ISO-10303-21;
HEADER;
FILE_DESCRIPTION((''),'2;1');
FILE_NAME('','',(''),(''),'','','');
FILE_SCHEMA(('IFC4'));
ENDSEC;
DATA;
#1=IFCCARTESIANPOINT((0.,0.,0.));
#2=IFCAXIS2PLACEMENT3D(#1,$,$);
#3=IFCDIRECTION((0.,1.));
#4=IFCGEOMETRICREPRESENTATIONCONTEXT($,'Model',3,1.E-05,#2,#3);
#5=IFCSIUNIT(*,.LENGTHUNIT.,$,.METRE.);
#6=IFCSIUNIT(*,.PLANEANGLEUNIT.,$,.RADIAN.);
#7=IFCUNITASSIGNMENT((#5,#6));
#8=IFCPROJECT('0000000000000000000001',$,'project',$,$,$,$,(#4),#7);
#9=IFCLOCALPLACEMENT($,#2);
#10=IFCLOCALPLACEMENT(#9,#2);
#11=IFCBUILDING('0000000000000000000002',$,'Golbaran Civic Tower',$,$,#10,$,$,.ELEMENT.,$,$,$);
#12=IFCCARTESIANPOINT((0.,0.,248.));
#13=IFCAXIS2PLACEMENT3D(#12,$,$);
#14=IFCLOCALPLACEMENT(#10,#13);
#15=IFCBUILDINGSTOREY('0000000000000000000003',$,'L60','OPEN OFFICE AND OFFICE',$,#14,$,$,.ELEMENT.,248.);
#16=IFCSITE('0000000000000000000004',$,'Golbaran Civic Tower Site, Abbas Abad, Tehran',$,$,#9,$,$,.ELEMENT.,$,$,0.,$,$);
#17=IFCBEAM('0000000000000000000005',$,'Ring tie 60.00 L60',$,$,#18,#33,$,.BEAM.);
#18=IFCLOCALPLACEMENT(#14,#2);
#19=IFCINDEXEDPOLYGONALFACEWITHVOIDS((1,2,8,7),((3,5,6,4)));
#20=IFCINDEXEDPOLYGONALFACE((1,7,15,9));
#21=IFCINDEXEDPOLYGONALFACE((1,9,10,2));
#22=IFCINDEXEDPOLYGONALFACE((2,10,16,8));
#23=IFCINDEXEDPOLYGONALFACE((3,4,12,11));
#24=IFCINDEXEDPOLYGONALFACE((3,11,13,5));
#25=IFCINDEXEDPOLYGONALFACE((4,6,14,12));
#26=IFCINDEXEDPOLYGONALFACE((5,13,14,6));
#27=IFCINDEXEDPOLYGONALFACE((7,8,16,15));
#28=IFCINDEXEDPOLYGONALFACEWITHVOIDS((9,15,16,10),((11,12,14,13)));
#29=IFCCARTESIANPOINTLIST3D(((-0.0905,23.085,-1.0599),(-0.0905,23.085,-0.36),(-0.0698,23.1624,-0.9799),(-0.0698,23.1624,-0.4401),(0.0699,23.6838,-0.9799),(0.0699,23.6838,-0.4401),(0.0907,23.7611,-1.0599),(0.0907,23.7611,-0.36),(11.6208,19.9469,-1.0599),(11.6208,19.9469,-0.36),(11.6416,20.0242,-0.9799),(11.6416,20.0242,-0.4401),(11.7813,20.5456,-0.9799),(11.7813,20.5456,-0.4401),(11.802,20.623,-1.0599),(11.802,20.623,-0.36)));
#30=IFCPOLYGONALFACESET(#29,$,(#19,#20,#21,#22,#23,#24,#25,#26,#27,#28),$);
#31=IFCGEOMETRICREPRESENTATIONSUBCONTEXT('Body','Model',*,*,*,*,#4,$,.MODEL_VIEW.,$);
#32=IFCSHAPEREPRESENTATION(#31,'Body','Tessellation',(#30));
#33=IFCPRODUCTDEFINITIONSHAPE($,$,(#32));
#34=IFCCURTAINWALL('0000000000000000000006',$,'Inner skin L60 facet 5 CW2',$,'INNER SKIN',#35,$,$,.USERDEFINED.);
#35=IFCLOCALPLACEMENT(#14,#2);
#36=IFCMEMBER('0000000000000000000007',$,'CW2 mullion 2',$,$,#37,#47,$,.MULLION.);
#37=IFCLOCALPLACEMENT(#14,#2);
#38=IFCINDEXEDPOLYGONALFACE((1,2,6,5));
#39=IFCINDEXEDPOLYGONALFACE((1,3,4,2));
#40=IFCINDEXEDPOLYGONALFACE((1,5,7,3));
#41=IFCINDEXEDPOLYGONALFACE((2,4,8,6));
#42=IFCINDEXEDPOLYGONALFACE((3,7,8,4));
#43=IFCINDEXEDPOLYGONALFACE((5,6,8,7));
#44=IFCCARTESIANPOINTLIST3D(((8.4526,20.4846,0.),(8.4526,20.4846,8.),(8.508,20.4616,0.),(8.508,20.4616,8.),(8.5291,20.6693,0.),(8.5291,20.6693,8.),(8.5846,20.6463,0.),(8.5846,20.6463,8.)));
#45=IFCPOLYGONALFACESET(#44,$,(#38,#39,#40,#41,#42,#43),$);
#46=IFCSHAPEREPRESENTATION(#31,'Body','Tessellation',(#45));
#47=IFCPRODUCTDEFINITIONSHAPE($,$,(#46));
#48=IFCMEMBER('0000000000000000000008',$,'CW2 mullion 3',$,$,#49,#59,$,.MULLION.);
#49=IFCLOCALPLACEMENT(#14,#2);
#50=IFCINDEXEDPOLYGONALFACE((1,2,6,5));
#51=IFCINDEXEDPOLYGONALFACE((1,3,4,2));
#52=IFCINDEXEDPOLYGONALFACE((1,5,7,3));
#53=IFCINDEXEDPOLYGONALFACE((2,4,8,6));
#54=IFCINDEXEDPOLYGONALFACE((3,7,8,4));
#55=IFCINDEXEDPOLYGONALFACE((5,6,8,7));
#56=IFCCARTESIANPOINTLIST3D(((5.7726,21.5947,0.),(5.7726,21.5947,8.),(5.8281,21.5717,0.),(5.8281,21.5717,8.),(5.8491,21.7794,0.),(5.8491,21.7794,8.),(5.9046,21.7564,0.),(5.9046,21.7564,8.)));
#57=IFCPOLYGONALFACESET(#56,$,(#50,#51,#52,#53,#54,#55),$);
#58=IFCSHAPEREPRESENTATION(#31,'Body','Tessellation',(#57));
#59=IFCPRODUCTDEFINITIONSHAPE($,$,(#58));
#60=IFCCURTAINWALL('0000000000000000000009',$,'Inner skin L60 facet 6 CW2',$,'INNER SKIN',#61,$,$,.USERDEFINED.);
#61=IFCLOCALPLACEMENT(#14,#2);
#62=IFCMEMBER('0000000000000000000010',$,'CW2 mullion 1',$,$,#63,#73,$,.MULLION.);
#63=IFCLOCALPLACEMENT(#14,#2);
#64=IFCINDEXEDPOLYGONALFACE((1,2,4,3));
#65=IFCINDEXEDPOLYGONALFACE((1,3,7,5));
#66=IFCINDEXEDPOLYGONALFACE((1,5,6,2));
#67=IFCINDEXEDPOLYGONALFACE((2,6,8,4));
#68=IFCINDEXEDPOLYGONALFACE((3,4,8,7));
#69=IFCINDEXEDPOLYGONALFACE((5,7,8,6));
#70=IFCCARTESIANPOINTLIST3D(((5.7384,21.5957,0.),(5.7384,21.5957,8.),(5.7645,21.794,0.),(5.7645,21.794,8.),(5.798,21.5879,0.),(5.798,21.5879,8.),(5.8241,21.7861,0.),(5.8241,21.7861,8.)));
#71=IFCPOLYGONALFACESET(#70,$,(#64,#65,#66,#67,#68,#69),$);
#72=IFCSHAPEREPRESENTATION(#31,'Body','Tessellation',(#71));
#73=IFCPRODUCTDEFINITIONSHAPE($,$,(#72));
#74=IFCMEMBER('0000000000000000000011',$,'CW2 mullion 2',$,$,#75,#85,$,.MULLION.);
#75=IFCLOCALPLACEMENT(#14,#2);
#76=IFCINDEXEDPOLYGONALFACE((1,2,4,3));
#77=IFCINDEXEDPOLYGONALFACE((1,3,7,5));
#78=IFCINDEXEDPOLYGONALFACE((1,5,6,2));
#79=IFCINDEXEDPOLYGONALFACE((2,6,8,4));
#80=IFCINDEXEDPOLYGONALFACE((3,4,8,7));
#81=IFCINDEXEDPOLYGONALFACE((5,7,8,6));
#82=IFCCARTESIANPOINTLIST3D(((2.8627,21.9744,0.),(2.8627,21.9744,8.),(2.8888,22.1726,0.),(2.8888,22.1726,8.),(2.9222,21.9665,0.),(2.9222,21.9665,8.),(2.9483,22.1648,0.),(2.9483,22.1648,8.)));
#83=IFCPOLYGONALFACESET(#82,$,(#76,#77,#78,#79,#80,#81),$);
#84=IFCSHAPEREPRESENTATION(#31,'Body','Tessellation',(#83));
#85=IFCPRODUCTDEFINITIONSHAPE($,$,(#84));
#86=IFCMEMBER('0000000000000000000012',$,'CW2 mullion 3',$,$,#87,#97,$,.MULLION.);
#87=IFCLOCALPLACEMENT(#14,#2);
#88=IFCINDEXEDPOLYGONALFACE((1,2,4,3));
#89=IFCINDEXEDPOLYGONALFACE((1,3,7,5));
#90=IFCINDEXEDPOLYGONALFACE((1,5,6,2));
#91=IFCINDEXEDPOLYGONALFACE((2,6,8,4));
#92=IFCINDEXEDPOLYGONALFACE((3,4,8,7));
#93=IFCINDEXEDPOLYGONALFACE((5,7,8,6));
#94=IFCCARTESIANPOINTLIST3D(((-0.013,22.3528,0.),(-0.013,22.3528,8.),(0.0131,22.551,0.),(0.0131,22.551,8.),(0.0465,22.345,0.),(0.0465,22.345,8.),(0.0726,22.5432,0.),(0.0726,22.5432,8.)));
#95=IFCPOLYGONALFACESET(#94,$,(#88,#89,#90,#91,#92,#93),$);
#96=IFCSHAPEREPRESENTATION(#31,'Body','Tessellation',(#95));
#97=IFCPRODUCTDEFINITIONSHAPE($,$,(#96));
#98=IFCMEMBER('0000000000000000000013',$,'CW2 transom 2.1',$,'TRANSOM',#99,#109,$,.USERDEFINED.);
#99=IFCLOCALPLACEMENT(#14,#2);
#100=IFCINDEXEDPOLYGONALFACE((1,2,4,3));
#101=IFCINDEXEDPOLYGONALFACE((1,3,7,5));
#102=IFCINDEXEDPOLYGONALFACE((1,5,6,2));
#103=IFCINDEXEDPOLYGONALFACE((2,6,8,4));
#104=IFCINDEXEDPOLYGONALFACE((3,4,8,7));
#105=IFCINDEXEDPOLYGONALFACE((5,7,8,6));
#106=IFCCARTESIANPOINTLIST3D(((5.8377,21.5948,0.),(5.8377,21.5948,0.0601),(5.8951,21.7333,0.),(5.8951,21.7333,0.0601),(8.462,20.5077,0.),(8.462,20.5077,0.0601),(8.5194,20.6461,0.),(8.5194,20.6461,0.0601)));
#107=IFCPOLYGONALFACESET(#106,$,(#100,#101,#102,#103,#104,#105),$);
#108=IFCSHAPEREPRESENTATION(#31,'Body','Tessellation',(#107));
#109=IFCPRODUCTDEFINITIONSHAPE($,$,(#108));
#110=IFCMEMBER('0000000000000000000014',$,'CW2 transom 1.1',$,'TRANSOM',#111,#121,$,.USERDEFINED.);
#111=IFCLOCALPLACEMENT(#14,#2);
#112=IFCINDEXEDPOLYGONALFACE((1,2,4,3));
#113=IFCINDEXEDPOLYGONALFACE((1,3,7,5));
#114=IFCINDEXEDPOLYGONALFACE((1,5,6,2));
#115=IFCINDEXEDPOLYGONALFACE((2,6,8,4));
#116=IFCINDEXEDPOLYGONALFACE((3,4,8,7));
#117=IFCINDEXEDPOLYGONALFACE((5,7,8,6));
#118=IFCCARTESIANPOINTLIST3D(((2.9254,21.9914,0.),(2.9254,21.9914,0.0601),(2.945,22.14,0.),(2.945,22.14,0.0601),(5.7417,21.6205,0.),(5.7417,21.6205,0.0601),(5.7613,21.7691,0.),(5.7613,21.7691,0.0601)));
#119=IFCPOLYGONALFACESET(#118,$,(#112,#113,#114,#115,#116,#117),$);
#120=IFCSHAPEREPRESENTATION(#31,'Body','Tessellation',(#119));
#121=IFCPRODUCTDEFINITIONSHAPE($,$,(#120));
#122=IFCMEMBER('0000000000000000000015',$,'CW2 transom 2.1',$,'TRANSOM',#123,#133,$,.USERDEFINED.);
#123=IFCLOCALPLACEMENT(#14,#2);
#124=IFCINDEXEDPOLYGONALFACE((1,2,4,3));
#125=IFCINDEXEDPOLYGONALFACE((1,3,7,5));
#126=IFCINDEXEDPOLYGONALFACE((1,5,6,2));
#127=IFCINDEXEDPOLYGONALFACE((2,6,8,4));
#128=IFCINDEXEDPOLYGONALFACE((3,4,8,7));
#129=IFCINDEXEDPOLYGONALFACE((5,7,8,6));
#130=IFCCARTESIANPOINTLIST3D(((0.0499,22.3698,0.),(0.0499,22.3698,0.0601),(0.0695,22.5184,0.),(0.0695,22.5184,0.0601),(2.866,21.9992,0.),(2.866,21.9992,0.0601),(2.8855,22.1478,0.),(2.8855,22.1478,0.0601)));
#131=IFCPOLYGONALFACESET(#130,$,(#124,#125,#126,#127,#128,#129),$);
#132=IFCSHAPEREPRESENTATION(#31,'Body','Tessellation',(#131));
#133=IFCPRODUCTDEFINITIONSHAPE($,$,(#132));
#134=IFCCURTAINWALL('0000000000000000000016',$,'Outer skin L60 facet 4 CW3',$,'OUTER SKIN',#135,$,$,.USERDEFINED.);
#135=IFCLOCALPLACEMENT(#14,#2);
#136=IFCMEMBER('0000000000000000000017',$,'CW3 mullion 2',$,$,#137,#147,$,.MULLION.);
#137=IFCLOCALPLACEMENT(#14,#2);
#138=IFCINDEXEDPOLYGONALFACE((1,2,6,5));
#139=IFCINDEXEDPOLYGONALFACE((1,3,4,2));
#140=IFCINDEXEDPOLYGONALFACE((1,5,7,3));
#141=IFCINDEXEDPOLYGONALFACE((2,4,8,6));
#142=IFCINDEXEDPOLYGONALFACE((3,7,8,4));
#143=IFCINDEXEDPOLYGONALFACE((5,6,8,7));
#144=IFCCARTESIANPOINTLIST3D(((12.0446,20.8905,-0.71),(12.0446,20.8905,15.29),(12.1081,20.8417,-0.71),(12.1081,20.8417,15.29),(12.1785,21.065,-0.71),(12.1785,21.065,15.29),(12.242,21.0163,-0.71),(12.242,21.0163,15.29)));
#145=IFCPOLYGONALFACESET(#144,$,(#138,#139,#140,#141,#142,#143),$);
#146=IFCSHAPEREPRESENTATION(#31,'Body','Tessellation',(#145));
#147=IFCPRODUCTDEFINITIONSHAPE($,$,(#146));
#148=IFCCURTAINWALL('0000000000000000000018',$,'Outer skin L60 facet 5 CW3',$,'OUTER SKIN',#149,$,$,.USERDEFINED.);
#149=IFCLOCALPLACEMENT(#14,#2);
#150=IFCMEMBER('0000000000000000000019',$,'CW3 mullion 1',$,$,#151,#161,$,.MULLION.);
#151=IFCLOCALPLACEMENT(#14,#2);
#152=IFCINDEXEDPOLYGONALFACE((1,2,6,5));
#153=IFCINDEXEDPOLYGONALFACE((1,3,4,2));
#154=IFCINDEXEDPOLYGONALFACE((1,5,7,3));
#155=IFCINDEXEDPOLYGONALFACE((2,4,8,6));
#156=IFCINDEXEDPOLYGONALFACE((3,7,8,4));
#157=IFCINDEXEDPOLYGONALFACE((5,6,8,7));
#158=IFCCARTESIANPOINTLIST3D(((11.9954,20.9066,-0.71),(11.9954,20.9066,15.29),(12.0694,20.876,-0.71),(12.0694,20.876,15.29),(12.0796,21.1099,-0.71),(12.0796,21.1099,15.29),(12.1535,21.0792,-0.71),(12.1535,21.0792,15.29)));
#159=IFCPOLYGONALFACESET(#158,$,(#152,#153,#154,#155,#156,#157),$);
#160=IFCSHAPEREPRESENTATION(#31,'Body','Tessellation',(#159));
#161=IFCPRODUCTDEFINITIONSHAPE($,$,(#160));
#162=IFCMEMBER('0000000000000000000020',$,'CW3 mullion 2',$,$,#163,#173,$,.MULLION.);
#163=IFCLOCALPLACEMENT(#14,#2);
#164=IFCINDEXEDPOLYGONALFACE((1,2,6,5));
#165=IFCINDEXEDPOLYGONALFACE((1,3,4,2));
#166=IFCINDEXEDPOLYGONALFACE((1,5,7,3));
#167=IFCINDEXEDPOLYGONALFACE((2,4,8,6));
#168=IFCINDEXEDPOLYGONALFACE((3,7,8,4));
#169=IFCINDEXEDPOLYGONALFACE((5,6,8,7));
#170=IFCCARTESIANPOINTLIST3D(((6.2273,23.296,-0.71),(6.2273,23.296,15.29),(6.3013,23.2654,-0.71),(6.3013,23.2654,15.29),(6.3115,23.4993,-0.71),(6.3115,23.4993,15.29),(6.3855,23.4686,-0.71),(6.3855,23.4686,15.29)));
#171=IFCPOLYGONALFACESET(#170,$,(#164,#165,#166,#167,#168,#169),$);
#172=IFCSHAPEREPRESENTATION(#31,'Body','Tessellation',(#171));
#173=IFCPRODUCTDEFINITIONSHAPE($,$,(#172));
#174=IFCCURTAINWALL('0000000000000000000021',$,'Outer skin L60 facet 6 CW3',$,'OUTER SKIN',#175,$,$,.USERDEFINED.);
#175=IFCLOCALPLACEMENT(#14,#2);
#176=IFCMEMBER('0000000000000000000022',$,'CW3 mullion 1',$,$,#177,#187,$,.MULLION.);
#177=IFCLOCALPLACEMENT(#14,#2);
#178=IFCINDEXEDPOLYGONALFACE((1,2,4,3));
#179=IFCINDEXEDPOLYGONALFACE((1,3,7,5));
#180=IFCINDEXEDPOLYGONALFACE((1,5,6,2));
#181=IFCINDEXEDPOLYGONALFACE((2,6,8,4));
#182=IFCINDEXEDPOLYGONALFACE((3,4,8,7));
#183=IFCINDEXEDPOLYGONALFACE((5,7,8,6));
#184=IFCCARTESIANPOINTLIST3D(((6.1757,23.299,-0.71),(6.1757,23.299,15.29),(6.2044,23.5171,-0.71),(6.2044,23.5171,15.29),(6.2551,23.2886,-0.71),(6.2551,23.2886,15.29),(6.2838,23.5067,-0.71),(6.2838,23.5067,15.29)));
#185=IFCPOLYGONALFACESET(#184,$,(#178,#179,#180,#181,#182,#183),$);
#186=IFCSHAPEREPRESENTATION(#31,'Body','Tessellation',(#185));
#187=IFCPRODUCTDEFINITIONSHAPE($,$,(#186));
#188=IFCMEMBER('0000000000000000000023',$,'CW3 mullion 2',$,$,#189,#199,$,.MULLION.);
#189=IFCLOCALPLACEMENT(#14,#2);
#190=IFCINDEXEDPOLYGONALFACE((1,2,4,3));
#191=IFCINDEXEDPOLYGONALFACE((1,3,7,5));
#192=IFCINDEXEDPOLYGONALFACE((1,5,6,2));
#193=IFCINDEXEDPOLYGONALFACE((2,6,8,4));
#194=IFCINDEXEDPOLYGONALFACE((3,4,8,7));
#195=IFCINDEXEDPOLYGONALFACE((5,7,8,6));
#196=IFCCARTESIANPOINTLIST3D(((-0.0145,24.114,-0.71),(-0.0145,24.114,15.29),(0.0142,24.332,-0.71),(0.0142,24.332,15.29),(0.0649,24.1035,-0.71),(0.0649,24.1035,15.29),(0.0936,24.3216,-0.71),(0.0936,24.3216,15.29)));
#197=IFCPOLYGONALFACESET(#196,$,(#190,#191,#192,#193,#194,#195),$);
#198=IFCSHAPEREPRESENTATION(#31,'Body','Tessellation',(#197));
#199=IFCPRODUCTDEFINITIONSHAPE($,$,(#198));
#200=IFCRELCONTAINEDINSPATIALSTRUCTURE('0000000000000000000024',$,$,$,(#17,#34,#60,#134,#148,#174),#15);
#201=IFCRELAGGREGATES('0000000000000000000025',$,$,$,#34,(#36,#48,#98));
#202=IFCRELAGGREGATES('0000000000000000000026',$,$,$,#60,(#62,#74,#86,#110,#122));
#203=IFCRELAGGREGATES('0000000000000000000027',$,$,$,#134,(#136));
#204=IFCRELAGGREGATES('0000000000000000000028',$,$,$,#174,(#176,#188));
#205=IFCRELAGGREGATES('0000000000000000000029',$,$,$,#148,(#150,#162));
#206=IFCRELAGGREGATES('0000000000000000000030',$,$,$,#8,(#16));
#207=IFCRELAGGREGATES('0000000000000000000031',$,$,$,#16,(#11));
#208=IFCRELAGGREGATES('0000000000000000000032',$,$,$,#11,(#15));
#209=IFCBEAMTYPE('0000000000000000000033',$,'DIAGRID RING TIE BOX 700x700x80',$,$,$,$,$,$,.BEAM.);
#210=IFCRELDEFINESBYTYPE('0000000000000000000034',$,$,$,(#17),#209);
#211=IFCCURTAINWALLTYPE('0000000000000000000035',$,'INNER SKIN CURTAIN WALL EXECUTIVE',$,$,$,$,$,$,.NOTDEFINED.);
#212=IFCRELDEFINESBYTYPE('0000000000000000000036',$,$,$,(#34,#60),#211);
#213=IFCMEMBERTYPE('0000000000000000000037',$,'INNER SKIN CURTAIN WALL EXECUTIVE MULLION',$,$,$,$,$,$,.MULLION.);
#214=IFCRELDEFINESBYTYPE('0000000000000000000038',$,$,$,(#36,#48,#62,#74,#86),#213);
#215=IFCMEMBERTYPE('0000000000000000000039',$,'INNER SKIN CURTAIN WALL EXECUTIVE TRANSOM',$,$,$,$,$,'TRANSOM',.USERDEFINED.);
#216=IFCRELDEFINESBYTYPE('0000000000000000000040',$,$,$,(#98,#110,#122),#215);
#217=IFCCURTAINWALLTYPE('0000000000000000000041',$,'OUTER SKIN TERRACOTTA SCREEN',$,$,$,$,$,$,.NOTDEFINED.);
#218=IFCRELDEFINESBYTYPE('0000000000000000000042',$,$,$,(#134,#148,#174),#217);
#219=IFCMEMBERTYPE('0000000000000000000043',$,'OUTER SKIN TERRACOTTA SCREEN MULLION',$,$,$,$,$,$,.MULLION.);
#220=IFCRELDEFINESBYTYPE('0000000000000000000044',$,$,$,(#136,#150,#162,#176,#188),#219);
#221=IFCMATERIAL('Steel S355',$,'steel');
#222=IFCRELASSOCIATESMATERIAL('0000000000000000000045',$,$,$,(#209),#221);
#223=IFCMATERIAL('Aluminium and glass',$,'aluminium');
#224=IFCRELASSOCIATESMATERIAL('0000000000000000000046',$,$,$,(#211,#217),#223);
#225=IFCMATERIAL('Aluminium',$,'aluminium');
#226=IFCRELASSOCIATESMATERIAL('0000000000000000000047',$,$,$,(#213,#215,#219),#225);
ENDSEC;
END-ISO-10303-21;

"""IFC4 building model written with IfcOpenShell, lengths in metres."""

from ifc_helpers import new_model, si_unit, direction, frame, origin, origin_2d, place, context, subcontext, project, spatial, rectangle, hollow_rectangle, extrude, material, material_profile, profile_set, type_object, element, aggregate, save


model = new_model("IFC4")

# Units and contexts
model_context = context("Model", 3, precision=1e-05, world=origin(), true_north=direction((0.0, 1.0)))
body_context = subcontext(model_context, "Body", "Model", "MODEL_VIEW")
ifc_project = project(units=[si_unit("LENGTHUNIT", "METRE"), si_unit("PLANEANGLEUNIT", "RADIAN")], contexts=[model_context])

# Site, building, storey
site_placement = place(None, origin())
site = spatial("IfcSite", under=ifc_project, at=site_placement, Name="Golbaran Civic Tower Site, Abbas Abad, Tehran", CompositionType="ELEMENT", RefElevation=0.0)
building_placement = place(site_placement, origin())
building = spatial("IfcBuilding", under=site, at=building_placement, Name="Golbaran Civic Tower", CompositionType="ELEMENT")
storey_placement = place(building_placement, frame((0.0, 0.0, 248.0)))
storey = spatial("IfcBuildingStorey", under=building, at=storey_placement, Name="L60", Description="OPEN OFFICE AND OFFICE", CompositionType="ELEMENT", Elevation=248.0)

# Beam
ifc_material_1 = material(Name="Steel S355", Category="steel")
ifc_material_profile_1 = material_profile(ifc_material_1, hollow_rectangle(XDim=0.7, YDim=0.7, WallThickness=0.0801, at=origin_2d()), Name="BOX 700x700x80")
ifc_profile_set_1 = profile_set([ifc_material_profile_1], Name="Steel S355")
beam_type = type_object("IfcBeamType", Name="DIAGRID RING TIE BOX 700x700x80", PredefinedType="BEAM", material=ifc_profile_set_1)
beam_placement = place(storey_placement, frame((11.7114, 20.2849, -0.71), z_axis=(-0.965923, 0.258828, 0.0), x_axis=(-0.258828, -0.965923, 0.0)))
element("IfcBeam", 1, at=beam_placement, inside=storey, type_object=beam_type, Name="Ring tie 60.00 L60", PredefinedType="BEAM", context=body_context, shape_type="SweptSolid", body=[
    extrude(hollow_rectangle(XDim=0.7, YDim=0.7, WallThickness=0.0801, at=origin_2d()), origin(), (0.0, 0.0, 1.0), 12.1245),
])

# Curtain walls, members
ifc_material_2 = material(Name="Aluminium and glass", Category="aluminium")
curtain_wall_type_1 = type_object("IfcCurtainWallType", Name="INNER SKIN CURTAIN WALL EXECUTIVE", PredefinedType="NOTDEFINED", material=ifc_material_2)
curtain_wall_1_placement = place(storey_placement, origin())
curtain_wall_1 = element("IfcCurtainWall", 2, at=curtain_wall_1_placement, inside=storey, type_object=curtain_wall_type_1, Name="Inner skin L60 facet 5 CW2", ObjectType="INNER SKIN", PredefinedType="USERDEFINED")
ifc_material_3 = material(Name="Aluminium", Category="aluminium")
ifc_material_profile_2 = material_profile(ifc_material_3, rectangle(XDim=0.2, YDim=0.0601, at=origin_2d()), Name="INNER SKIN CURTAIN WALL EXECUTIVE MULLION")
ifc_profile_set_2 = profile_set([ifc_material_profile_2], Name="Aluminium")
member_type_1 = type_object("IfcMemberType", Name="INNER SKIN CURTAIN WALL EXECUTIVE MULLION", PredefinedType="MULLION", material=ifc_profile_set_2)
member_1_placement = place(storey_placement, frame((8.5186, 20.5654, 0.0), z_axis=(0.0, 0.0, 1.0), x_axis=(-0.382683, -0.92388, 0.0)))
member_1 = element("IfcMember", 3, at=member_1_placement, type_object=member_type_1, Name="CW2 mullion 2", PredefinedType="MULLION", context=body_context, shape_type="SweptSolid", body=[
    extrude(rectangle(XDim=0.2, YDim=0.0601, at=origin_2d()), origin(), (0.0, 0.0, 1.0), 8.0),
])
member_2_placement = place(storey_placement, frame((5.8386, 21.6755, 0.0), z_axis=(0.0, 0.0, 1.0), x_axis=(-0.382683, -0.92388, 0.0)))
member_2 = element("IfcMember", 4, at=member_2_placement, type_object=member_type_1, Name="CW2 mullion 3", PredefinedType="MULLION", context=body_context, shape_type="SweptSolid", body=[
    extrude(rectangle(XDim=0.2, YDim=0.0601, at=origin_2d()), origin(), (0.0, 0.0, 1.0), 8.0),
])
curtain_wall_2_placement = place(storey_placement, origin())
curtain_wall_2 = element("IfcCurtainWall", 5, at=curtain_wall_2_placement, inside=storey, type_object=curtain_wall_type_1, Name="Inner skin L60 facet 6 CW2", ObjectType="INNER SKIN", PredefinedType="USERDEFINED")
member_3_placement = place(storey_placement, frame((5.7812, 21.6909, 0.0), z_axis=(0.0, 0.0, 1.0), x_axis=(-0.130526, -0.991445, 0.0)))
member_3 = element("IfcMember", 6, at=member_3_placement, type_object=member_type_1, Name="CW2 mullion 1", PredefinedType="MULLION", context=body_context, shape_type="SweptSolid", body=[
    extrude(rectangle(XDim=0.2, YDim=0.0601, at=origin_2d()), origin(), (0.0, 0.0, 1.0), 8.0),
])
member_4_placement = place(storey_placement, frame((2.9055, 22.0696, 0.0), z_axis=(0.0, 0.0, 1.0), x_axis=(-0.130526, -0.991445, 0.0)))
member_4 = element("IfcMember", 7, at=member_4_placement, type_object=member_type_1, Name="CW2 mullion 2", PredefinedType="MULLION", context=body_context, shape_type="SweptSolid", body=[
    extrude(rectangle(XDim=0.2, YDim=0.0601, at=origin_2d()), origin(), (0.0, 0.0, 1.0), 8.0),
])
member_5_placement = place(storey_placement, frame((0.0298, 22.448, 0.0), z_axis=(0.0, 0.0, 1.0), x_axis=(-0.130526, -0.991445, 0.0)))
member_5 = element("IfcMember", 8, at=member_5_placement, type_object=member_type_1, Name="CW2 mullion 3", PredefinedType="MULLION", context=body_context, shape_type="SweptSolid", body=[
    extrude(rectangle(XDim=0.2, YDim=0.0601, at=origin_2d()), origin(), (0.0, 0.0, 1.0), 8.0),
])

# Members
ifc_material_profile_3 = material_profile(ifc_material_3, rectangle(XDim=0.1499, YDim=0.0601, at=origin_2d()), Name="INNER SKIN CURTAIN WALL EXECUTIVE TRANSOM")
ifc_profile_set_3 = profile_set([ifc_material_profile_3], Name="Aluminium")
member_type_2 = type_object("IfcMemberType", Name="INNER SKIN CURTAIN WALL EXECUTIVE TRANSOM", ElementType="TRANSOM", PredefinedType="USERDEFINED", material=ifc_profile_set_3)
member_6_placement = place(storey_placement, frame((8.4907, 20.5769, 0.03), z_axis=(-0.923861, 0.382729, 0.0), x_axis=(-0.382729, -0.923861, 0.0)))
member_6 = element("IfcMember", 9, at=member_6_placement, type_object=member_type_2, Name="CW2 transom 2.1", ObjectType="TRANSOM", PredefinedType="USERDEFINED", context=body_context, shape_type="SweptSolid", body=[
    extrude(rectangle(XDim=0.1499, YDim=0.0601, at=origin_2d()), origin(), (0.0, 0.0, 1.0), 2.8406),
])
member_7_placement = place(storey_placement, frame((5.7515, 21.6948, 0.03), z_axis=(-0.991441, 0.130559, 0.0), x_axis=(-0.130559, -0.991441, 0.0)))
member_7 = element("IfcMember", 10, at=member_7_placement, type_object=member_type_2, Name="CW2 transom 1.1", ObjectType="TRANSOM", PredefinedType="USERDEFINED", context=body_context, shape_type="SweptSolid", body=[
    extrude(rectangle(XDim=0.1499, YDim=0.0601, at=origin_2d()), origin(), (0.0, 0.0, 1.0), 2.8406),
])
member_8_placement = place(storey_placement, frame((2.8757, 22.0735, 0.03), z_axis=(-0.991452, 0.130475, 0.0), x_axis=(-0.130475, -0.991452, 0.0)))
member_8 = element("IfcMember", 11, at=member_8_placement, type_object=member_type_2, Name="CW2 transom 2.1", ObjectType="TRANSOM", PredefinedType="USERDEFINED", context=body_context, shape_type="SweptSolid", body=[
    extrude(rectangle(XDim=0.1499, YDim=0.0601, at=origin_2d()), origin(), (0.0, 0.0, 1.0), 2.8403),
])

# Curtain wall, member
curtain_wall_type_2 = type_object("IfcCurtainWallType", Name="OUTER SKIN TERRACOTTA SCREEN", PredefinedType="NOTDEFINED", material=ifc_material_2)
curtain_wall_3_placement = place(storey_placement, origin())
curtain_wall_3 = element("IfcCurtainWall", 12, at=curtain_wall_3_placement, inside=storey, type_object=curtain_wall_type_2, Name="Outer skin L60 facet 4 CW3", ObjectType="OUTER SKIN", PredefinedType="USERDEFINED")
ifc_material_profile_4 = material_profile(ifc_material_3, rectangle(XDim=0.22, YDim=0.0801, at=origin_2d()), Name="OUTER SKIN TERRACOTTA SCREEN MULLION")
ifc_profile_set_4 = profile_set([ifc_material_profile_4], Name="Aluminium")
member_type_3 = type_object("IfcMemberType", Name="OUTER SKIN TERRACOTTA SCREEN MULLION", PredefinedType="MULLION", material=ifc_profile_set_4)
member_9_placement = place(storey_placement, frame((12.1433, 20.9534, -0.71), z_axis=(0.0, 0.0, 1.0), x_axis=(-0.608761, -0.793353, 0.0)))
member_9 = element("IfcMember", 13, at=member_9_placement, type_object=member_type_3, Name="CW3 mullion 2", PredefinedType="MULLION", context=body_context, shape_type="SweptSolid", body=[
    extrude(rectangle(XDim=0.22, YDim=0.0801, at=origin_2d()), origin(), (0.0, 0.0, 1.0), 16.0),
])

# Curtain walls, members
curtain_wall_4_placement = place(storey_placement, origin())
curtain_wall_4 = element("IfcCurtainWall", 14, at=curtain_wall_4_placement, inside=storey, type_object=curtain_wall_type_2, Name="Outer skin L60 facet 5 CW3", ObjectType="OUTER SKIN", PredefinedType="USERDEFINED")
member_10_placement = place(storey_placement, frame((12.0745, 20.9929, -0.71), z_axis=(0.0, 0.0, 1.0), x_axis=(-0.382683, -0.92388, 0.0)))
member_10 = element("IfcMember", 15, at=member_10_placement, type_object=member_type_3, Name="CW3 mullion 1", PredefinedType="MULLION", context=body_context, shape_type="SweptSolid", body=[
    extrude(rectangle(XDim=0.22, YDim=0.0801, at=origin_2d()), origin(), (0.0, 0.0, 1.0), 16.0),
])
member_11_placement = place(storey_placement, frame((6.3064, 23.3823, -0.71), z_axis=(0.0, 0.0, 1.0), x_axis=(-0.382683, -0.92388, 0.0)))
member_11 = element("IfcMember", 16, at=member_11_placement, type_object=member_type_3, Name="CW3 mullion 2", PredefinedType="MULLION", context=body_context, shape_type="SweptSolid", body=[
    extrude(rectangle(XDim=0.22, YDim=0.0801, at=origin_2d()), origin(), (0.0, 0.0, 1.0), 16.0),
])
curtain_wall_5_placement = place(storey_placement, origin())
curtain_wall_5 = element("IfcCurtainWall", 17, at=curtain_wall_5_placement, inside=storey, type_object=curtain_wall_type_2, Name="Outer skin L60 facet 6 CW3", ObjectType="OUTER SKIN", PredefinedType="USERDEFINED")
member_12_placement = place(storey_placement, frame((6.2297, 23.4028, -0.71), z_axis=(0.0, 0.0, 1.0), x_axis=(-0.130526, -0.991445, 0.0)))
member_12 = element("IfcMember", 18, at=member_12_placement, type_object=member_type_3, Name="CW3 mullion 1", PredefinedType="MULLION", context=body_context, shape_type="SweptSolid", body=[
    extrude(rectangle(XDim=0.22, YDim=0.0801, at=origin_2d()), origin(), (0.0, 0.0, 1.0), 16.0),
])
member_13_placement = place(storey_placement, frame((0.0396, 24.2178, -0.71), z_axis=(0.0, 0.0, 1.0), x_axis=(-0.130526, -0.991445, 0.0)))
member_13 = element("IfcMember", 19, at=member_13_placement, type_object=member_type_3, Name="CW3 mullion 2", PredefinedType="MULLION", context=body_context, shape_type="SweptSolid", body=[
    extrude(rectangle(XDim=0.22, YDim=0.0801, at=origin_2d()), origin(), (0.0, 0.0, 1.0), 16.0),
])

aggregate(curtain_wall_1, [member_1, member_2, member_6])
aggregate(curtain_wall_2, [member_3, member_4, member_5, member_7, member_8])
aggregate(curtain_wall_3, [member_9])
aggregate(curtain_wall_5, [member_12, member_13])
aggregate(curtain_wall_4, [member_10, member_11])

save(model, "model.ifc")
